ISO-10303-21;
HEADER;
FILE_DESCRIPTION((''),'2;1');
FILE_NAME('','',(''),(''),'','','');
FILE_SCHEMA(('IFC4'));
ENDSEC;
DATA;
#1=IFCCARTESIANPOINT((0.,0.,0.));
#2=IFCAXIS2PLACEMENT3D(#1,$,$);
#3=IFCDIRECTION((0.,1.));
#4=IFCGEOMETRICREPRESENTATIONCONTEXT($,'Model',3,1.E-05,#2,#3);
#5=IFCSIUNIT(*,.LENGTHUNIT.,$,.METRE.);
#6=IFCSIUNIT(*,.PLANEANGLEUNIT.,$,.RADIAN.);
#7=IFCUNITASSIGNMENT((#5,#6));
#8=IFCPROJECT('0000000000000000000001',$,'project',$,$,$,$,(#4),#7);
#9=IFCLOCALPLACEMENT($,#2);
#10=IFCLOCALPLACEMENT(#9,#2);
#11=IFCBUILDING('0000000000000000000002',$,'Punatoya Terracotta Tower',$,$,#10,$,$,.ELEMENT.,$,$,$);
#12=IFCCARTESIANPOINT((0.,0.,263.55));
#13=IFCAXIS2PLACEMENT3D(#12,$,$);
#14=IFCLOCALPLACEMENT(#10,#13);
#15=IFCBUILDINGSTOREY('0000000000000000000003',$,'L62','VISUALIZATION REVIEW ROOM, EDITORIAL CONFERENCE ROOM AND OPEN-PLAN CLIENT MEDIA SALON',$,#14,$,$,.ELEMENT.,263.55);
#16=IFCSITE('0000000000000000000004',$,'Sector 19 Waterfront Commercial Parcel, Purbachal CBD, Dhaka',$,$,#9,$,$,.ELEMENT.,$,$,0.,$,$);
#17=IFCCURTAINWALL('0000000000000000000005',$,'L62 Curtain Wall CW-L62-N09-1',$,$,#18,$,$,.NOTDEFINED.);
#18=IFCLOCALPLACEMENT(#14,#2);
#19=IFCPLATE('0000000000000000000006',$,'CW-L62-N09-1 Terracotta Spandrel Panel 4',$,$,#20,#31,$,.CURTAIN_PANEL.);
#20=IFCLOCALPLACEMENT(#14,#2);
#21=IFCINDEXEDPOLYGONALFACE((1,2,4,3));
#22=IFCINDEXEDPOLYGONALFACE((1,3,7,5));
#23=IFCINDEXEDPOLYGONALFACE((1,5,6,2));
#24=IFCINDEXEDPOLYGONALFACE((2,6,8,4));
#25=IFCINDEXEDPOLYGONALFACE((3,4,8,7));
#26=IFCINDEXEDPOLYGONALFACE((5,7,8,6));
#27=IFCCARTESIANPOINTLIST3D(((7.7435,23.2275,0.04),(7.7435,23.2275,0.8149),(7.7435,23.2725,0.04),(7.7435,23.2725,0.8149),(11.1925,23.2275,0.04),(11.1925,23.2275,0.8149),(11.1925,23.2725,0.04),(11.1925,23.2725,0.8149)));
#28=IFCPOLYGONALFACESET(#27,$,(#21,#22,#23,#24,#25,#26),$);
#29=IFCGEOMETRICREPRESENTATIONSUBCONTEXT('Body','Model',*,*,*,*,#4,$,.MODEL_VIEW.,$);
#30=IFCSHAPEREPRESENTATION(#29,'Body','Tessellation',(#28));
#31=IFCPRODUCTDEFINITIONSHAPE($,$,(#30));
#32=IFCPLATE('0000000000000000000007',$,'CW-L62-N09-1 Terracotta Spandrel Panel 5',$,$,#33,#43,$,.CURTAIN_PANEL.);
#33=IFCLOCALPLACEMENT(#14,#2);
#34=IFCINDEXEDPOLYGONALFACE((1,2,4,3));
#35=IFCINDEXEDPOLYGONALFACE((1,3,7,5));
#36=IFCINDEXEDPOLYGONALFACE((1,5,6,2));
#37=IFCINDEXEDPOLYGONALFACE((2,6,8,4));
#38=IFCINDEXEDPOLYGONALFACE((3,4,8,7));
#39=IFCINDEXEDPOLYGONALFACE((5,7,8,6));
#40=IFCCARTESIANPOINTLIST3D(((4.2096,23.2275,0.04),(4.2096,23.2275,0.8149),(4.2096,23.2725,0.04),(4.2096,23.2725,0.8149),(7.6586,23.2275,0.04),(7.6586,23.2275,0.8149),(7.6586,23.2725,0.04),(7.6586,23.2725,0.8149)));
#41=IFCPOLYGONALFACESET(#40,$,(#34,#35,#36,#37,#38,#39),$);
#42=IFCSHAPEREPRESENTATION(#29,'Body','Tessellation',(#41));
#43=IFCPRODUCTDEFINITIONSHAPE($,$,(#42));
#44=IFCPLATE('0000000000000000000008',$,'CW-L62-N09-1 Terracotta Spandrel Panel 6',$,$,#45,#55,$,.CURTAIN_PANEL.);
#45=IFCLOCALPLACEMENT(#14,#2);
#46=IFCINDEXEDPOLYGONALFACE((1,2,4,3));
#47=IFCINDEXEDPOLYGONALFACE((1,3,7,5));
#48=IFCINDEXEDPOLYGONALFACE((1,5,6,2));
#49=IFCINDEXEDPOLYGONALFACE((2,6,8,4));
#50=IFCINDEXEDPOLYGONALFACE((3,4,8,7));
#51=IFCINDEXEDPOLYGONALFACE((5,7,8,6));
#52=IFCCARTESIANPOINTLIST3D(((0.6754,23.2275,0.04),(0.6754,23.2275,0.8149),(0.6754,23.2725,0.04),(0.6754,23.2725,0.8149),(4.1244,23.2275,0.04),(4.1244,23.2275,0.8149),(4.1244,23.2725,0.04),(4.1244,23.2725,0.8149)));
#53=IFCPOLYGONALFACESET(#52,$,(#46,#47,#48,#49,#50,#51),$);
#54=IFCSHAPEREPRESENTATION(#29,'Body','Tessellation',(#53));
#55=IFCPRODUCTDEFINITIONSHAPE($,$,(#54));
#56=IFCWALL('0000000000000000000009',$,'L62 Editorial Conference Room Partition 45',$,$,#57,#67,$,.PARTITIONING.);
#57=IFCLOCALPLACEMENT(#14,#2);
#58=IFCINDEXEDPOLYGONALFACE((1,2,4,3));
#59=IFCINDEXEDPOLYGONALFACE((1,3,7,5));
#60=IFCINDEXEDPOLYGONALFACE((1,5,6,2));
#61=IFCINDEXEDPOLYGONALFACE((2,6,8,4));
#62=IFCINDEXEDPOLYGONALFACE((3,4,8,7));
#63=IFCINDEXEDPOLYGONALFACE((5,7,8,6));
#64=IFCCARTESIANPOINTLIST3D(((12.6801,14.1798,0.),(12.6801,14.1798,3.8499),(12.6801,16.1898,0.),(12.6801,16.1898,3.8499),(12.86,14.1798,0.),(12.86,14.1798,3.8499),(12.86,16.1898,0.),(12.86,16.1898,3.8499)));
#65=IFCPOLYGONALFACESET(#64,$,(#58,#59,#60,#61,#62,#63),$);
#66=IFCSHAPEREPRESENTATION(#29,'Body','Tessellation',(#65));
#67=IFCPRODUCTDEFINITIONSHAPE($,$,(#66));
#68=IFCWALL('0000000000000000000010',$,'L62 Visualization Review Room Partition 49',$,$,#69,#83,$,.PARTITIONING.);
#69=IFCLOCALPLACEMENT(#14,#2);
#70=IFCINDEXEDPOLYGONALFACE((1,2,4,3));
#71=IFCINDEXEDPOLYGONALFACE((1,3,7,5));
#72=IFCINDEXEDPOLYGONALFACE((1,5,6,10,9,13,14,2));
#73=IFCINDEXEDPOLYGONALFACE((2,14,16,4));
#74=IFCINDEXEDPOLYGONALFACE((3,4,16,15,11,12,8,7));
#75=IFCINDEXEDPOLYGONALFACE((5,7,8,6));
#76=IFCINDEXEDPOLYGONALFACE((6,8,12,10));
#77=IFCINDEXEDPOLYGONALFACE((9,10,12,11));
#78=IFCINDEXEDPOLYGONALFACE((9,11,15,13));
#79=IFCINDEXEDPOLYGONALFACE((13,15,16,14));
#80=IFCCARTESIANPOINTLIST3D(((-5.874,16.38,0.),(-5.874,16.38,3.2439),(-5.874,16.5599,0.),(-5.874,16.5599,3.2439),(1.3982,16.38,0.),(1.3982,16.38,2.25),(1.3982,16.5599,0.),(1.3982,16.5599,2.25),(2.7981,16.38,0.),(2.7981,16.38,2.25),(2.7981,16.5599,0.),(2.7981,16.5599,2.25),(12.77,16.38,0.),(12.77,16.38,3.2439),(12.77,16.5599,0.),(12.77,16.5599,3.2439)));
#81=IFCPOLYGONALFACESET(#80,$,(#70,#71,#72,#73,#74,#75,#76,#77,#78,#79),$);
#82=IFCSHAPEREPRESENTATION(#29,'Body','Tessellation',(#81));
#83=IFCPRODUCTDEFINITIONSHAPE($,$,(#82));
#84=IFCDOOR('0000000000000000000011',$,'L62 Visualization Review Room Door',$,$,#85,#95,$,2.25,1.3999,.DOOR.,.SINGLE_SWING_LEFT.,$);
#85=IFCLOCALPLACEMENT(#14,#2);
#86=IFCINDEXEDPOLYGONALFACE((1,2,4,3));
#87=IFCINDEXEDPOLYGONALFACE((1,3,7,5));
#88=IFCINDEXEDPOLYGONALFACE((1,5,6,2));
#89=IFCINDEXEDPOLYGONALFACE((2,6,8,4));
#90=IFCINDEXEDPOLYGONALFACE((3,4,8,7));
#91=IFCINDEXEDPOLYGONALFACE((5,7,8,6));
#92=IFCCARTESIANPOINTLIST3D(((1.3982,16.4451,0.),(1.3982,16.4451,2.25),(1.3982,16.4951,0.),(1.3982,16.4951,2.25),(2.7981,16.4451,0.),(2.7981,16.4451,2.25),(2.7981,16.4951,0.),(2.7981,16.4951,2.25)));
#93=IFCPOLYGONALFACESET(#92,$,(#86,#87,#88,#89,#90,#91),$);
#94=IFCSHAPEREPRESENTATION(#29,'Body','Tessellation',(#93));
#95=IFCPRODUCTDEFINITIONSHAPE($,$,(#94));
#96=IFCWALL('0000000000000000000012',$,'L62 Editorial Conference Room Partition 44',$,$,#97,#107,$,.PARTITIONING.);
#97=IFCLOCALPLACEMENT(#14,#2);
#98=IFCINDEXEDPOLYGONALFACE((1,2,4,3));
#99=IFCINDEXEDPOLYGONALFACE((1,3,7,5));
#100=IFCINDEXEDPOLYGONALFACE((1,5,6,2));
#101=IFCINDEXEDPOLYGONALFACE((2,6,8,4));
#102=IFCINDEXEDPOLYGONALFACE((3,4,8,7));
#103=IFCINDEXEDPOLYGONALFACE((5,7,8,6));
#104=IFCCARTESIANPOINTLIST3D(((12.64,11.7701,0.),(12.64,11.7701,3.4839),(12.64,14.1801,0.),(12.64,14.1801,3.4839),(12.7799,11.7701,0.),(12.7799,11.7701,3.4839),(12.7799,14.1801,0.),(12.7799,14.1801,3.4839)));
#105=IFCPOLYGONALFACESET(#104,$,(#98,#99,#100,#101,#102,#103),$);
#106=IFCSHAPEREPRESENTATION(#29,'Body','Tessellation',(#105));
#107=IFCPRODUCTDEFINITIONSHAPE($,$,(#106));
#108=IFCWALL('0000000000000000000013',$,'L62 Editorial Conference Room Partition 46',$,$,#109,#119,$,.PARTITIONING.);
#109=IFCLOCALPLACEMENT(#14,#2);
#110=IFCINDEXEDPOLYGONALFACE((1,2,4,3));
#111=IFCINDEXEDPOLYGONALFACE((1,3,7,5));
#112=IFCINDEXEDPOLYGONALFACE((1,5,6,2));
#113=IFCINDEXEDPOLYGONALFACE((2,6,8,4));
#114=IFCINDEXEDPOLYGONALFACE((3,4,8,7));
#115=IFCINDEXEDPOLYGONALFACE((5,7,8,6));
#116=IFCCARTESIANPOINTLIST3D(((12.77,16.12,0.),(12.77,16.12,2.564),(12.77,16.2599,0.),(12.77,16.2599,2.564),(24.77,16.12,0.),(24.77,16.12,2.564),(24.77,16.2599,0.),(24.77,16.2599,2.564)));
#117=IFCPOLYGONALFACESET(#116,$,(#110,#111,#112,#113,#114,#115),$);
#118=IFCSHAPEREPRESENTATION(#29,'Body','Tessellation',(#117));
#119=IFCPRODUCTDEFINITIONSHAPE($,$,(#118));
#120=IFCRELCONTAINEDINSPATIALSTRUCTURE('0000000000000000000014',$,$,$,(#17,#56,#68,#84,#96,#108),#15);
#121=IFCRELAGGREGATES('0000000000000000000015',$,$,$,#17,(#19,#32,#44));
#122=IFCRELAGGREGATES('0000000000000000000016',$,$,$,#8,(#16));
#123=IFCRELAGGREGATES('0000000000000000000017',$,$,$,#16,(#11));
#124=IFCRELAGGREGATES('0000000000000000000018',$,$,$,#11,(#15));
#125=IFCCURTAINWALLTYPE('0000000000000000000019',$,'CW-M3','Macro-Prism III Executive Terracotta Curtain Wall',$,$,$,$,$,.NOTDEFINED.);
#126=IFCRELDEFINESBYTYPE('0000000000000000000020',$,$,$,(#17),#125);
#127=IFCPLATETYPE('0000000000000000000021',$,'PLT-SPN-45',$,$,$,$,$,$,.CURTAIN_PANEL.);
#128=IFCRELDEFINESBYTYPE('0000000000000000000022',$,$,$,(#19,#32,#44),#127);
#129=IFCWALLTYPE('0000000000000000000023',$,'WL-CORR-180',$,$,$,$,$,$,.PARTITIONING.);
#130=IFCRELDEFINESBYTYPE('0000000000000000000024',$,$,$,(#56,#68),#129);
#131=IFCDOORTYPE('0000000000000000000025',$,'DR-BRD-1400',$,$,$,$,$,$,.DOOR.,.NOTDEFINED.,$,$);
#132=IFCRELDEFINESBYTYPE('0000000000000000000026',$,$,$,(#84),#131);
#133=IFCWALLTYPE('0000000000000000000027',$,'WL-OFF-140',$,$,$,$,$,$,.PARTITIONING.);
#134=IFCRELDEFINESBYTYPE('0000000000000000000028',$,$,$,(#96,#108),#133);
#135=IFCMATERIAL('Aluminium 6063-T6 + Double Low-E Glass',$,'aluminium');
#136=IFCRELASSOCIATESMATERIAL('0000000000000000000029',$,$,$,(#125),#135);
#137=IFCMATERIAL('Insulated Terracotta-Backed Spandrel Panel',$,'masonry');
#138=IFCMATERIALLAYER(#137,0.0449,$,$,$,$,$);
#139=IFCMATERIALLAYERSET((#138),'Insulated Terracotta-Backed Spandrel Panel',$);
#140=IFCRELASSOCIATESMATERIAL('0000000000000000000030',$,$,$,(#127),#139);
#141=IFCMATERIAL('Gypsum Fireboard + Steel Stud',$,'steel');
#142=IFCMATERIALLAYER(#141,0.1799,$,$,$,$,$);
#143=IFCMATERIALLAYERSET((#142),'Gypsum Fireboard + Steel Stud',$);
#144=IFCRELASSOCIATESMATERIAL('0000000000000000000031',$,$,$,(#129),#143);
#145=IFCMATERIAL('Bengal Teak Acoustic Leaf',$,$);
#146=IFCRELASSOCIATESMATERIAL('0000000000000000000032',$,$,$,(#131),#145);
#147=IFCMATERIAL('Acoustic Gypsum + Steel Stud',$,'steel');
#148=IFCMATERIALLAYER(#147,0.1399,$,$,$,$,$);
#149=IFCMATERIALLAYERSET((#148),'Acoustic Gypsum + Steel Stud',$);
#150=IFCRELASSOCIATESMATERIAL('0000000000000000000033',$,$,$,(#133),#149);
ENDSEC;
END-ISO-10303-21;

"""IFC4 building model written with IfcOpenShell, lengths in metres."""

from ifc_helpers import new_model, si_unit, direction, frame, frame_2d, origin, origin_2d, place, context, subcontext, project, spatial, rectangle, extrude, material, layer, layer_set, type_object, element, fill, aggregate, save


model = new_model("IFC4")

# Units and contexts
model_context = context("Model", 3, precision=1e-05, world=origin(), true_north=direction((0.0, 1.0)))
body_context = subcontext(model_context, "Body", "Model", "MODEL_VIEW")
ifc_project = project(units=[si_unit("LENGTHUNIT", "METRE"), si_unit("PLANEANGLEUNIT", "RADIAN")], contexts=[model_context])

# Site, building, storey
site_placement = place(None, origin())
site = spatial("IfcSite", under=ifc_project, at=site_placement, Name="Sector 19 Waterfront Commercial Parcel, Purbachal CBD, Dhaka", CompositionType="ELEMENT", RefElevation=0.0)
building_placement = place(site_placement, origin())
building = spatial("IfcBuilding", under=site, at=building_placement, Name="Punatoya Terracotta Tower", CompositionType="ELEMENT")
storey_placement = place(building_placement, frame((0.0, 0.0, 263.55)))
storey = spatial("IfcBuildingStorey", under=building, at=storey_placement, Name="L62", Description="VISUALIZATION REVIEW ROOM, EDITORIAL CONFERENCE ROOM AND OPEN-PLAN CLIENT MEDIA SALON", CompositionType="ELEMENT", Elevation=263.55)

# Curtain wall, plates
ifc_material_1 = material(Name="Aluminium 6063-T6 + Double Low-E Glass", Category="aluminium")
curtain_wall_type = type_object("IfcCurtainWallType", Name="CW-M3", Description="Macro-Prism III Executive Terracotta Curtain Wall", PredefinedType="NOTDEFINED", material=ifc_material_1)
curtain_wall_placement = place(storey_placement, origin())
curtain_wall = element("IfcCurtainWall", 1, at=curtain_wall_placement, inside=storey, type_object=curtain_wall_type, Name="L62 Curtain Wall CW-L62-N09-1", PredefinedType="NOTDEFINED")
ifc_material_2 = material(Name="Insulated Terracotta-Backed Spandrel Panel", Category="masonry")
ifc_layer_1 = layer(ifc_material_2, 0.0449)
ifc_layer_set_1 = layer_set([ifc_layer_1], Name="Insulated Terracotta-Backed Spandrel Panel")
plate_type_1 = type_object("IfcPlateType", Name="PLT-SPN-45", PredefinedType="CURTAIN_PANEL", material=ifc_layer_set_1)
plate_1_placement = place(storey_placement, frame((9.468, 23.25, 0.04), z_axis=(0.0, 0.0, 1.0), x_axis=(-1.0, 0.0, 0.0)))
plate_1 = element("IfcPlate", 2, at=plate_1_placement, type_object=plate_type_1, Name="CW-L62-N09-1 Terracotta Spandrel Panel 4", PredefinedType="CURTAIN_PANEL", context=body_context, shape_type="SweptSolid", body=[
    extrude(rectangle(XDim=3.449, YDim=0.0449, at=origin_2d()), origin(), (0.0, 0.0, 1.0), 0.7749),
])
plate_2_placement = place(storey_placement, frame((5.9341, 23.25, 0.04), z_axis=(0.0, 0.0, 1.0), x_axis=(-1.0, 0.0, 0.0)))
plate_2 = element("IfcPlate", 3, at=plate_2_placement, type_object=plate_type_1, Name="CW-L62-N09-1 Terracotta Spandrel Panel 5", PredefinedType="CURTAIN_PANEL", context=body_context, shape_type="SweptSolid", body=[
    extrude(rectangle(XDim=3.449, YDim=0.0449, at=origin_2d()), origin(), (0.0, 0.0, 1.0), 0.7749),
])
plate_3_placement = place(storey_placement, frame((2.3999, 23.25, 0.04), z_axis=(0.0, 0.0, 1.0), x_axis=(-1.0, 0.0, 0.0)))
plate_3 = element("IfcPlate", 4, at=plate_3_placement, type_object=plate_type_1, Name="CW-L62-N09-1 Terracotta Spandrel Panel 6", PredefinedType="CURTAIN_PANEL", context=body_context, shape_type="SweptSolid", body=[
    extrude(rectangle(XDim=3.449, YDim=0.0449, at=origin_2d()), origin(), (0.0, 0.0, 1.0), 0.7749),
])
aggregate(curtain_wall, [plate_1, plate_2, plate_3])

# Wall
ifc_material_3 = material(Name="Gypsum Fireboard + Steel Stud", Category="steel")
ifc_layer_2 = layer(ifc_material_3, 0.1799)
ifc_layer_set_2 = layer_set([ifc_layer_2], Name="Gypsum Fireboard + Steel Stud")
wall_type_1 = type_object("IfcWallType", Name="WL-CORR-180", PredefinedType="PARTITIONING", material=ifc_layer_set_2)
wall_1_placement = place(storey_placement, frame((12.77, 14.1799, 0.0), z_axis=(0.0, 0.0, 1.0), x_axis=(0.0, 1.0, 0.0)))
element("IfcWall", 5, at=wall_1_placement, inside=storey, type_object=wall_type_1, Name="L62 Editorial Conference Room Partition 45", PredefinedType="PARTITIONING", context=body_context, shape_type="SweptSolid", body=[
    extrude(rectangle(XDim=2.01, YDim=0.1799, at=frame_2d((1.0049, 0.0))), origin(), (0.0, 0.0, 1.0), 3.8499),
])

# Wall, opening, door
wall_2_placement = place(storey_placement, frame((12.77, 16.47, 0.0), z_axis=(0.0, 0.0, 1.0), x_axis=(-1.0, 0.0, 0.0)))
wall_2 = element("IfcWall", 6, at=wall_2_placement, inside=storey, type_object=wall_type_1, Name="L62 Visualization Review Room Partition 49", PredefinedType="PARTITIONING", context=body_context, shape_type="SweptSolid", body=[
    extrude(rectangle(XDim=18.644, YDim=0.1799, at=frame_2d((9.322, 0.0))), origin(), (0.0, 0.0, 1.0), 3.2439),
])
opening_placement = place(wall_2_placement, frame((9.9719, 0.0, 0.0)))
opening = element("IfcOpeningElement", 7, at=opening_placement, cuts=wall_2, PredefinedType="OPENING", context=body_context, shape_type="SweptSolid", body=[
    extrude(rectangle(XDim=1.3999, YDim=2.25, at=frame_2d((0.7, 1.125))), frame((0.0, 0.0999, 0.0), z_axis=(0.0, -1.0, 0.0), x_axis=(1.0, 0.0, 0.0)), (0.0, 0.0, 1.0), 0.2),
])
ifc_material_4 = material(Name="Bengal Teak Acoustic Leaf")
door_type = type_object("IfcDoorType", Name="DR-BRD-1400", OperationType="NOTDEFINED", PredefinedType="DOOR", material=ifc_material_4)
door_placement = place(opening_placement, origin())
door = element("IfcDoor", 8, at=door_placement, inside=storey, type_object=door_type, Name="L62 Visualization Review Room Door", OperationType="SINGLE_SWING_LEFT", OverallHeight=2.25, OverallWidth=1.3999, PredefinedType="DOOR", context=body_context, shape_type="SweptSolid", body=[
    extrude(rectangle(XDim=1.3999, YDim=2.25, at=frame_2d((0.7, 1.125))), frame((0.0, 0.0249, 0.0), z_axis=(0.0, -1.0, 0.0), x_axis=(1.0, 0.0, 0.0)), (0.0, 0.0, 1.0), 0.05),
])
fill(opening, door)

# Walls
ifc_material_5 = material(Name="Acoustic Gypsum + Steel Stud", Category="steel")
ifc_layer_3 = layer(ifc_material_5, 0.1399)
ifc_layer_set_3 = layer_set([ifc_layer_3], Name="Acoustic Gypsum + Steel Stud")
wall_type_2 = type_object("IfcWallType", Name="WL-OFF-140", PredefinedType="PARTITIONING", material=ifc_layer_set_3)
wall_3_placement = place(storey_placement, frame((12.71, 11.77, 0.0), z_axis=(0.0, 0.0, 1.0), x_axis=(0.0, 1.0, 0.0)))
element("IfcWall", 9, at=wall_3_placement, inside=storey, type_object=wall_type_2, Name="L62 Editorial Conference Room Partition 44", PredefinedType="PARTITIONING", context=body_context, shape_type="SweptSolid", body=[
    extrude(rectangle(XDim=2.4099, YDim=0.1399, at=frame_2d((1.2051, 0.0))), origin(), (0.0, 0.0, 1.0), 3.4839),
])
wall_4_placement = place(storey_placement, frame((12.77, 16.1899, 0.0), z_axis=(0.0, 0.0, 1.0), x_axis=(1.0, 0.0, 0.0)))
element("IfcWall", 10, at=wall_4_placement, inside=storey, type_object=wall_type_2, Name="L62 Editorial Conference Room Partition 46", PredefinedType="PARTITIONING", context=body_context, shape_type="SweptSolid", body=[
    extrude(rectangle(XDim=12.0, YDim=0.1399, at=frame_2d((6.0, 0.0))), origin(), (0.0, 0.0, 1.0), 2.564),
])

save(model, "model.ifc")
